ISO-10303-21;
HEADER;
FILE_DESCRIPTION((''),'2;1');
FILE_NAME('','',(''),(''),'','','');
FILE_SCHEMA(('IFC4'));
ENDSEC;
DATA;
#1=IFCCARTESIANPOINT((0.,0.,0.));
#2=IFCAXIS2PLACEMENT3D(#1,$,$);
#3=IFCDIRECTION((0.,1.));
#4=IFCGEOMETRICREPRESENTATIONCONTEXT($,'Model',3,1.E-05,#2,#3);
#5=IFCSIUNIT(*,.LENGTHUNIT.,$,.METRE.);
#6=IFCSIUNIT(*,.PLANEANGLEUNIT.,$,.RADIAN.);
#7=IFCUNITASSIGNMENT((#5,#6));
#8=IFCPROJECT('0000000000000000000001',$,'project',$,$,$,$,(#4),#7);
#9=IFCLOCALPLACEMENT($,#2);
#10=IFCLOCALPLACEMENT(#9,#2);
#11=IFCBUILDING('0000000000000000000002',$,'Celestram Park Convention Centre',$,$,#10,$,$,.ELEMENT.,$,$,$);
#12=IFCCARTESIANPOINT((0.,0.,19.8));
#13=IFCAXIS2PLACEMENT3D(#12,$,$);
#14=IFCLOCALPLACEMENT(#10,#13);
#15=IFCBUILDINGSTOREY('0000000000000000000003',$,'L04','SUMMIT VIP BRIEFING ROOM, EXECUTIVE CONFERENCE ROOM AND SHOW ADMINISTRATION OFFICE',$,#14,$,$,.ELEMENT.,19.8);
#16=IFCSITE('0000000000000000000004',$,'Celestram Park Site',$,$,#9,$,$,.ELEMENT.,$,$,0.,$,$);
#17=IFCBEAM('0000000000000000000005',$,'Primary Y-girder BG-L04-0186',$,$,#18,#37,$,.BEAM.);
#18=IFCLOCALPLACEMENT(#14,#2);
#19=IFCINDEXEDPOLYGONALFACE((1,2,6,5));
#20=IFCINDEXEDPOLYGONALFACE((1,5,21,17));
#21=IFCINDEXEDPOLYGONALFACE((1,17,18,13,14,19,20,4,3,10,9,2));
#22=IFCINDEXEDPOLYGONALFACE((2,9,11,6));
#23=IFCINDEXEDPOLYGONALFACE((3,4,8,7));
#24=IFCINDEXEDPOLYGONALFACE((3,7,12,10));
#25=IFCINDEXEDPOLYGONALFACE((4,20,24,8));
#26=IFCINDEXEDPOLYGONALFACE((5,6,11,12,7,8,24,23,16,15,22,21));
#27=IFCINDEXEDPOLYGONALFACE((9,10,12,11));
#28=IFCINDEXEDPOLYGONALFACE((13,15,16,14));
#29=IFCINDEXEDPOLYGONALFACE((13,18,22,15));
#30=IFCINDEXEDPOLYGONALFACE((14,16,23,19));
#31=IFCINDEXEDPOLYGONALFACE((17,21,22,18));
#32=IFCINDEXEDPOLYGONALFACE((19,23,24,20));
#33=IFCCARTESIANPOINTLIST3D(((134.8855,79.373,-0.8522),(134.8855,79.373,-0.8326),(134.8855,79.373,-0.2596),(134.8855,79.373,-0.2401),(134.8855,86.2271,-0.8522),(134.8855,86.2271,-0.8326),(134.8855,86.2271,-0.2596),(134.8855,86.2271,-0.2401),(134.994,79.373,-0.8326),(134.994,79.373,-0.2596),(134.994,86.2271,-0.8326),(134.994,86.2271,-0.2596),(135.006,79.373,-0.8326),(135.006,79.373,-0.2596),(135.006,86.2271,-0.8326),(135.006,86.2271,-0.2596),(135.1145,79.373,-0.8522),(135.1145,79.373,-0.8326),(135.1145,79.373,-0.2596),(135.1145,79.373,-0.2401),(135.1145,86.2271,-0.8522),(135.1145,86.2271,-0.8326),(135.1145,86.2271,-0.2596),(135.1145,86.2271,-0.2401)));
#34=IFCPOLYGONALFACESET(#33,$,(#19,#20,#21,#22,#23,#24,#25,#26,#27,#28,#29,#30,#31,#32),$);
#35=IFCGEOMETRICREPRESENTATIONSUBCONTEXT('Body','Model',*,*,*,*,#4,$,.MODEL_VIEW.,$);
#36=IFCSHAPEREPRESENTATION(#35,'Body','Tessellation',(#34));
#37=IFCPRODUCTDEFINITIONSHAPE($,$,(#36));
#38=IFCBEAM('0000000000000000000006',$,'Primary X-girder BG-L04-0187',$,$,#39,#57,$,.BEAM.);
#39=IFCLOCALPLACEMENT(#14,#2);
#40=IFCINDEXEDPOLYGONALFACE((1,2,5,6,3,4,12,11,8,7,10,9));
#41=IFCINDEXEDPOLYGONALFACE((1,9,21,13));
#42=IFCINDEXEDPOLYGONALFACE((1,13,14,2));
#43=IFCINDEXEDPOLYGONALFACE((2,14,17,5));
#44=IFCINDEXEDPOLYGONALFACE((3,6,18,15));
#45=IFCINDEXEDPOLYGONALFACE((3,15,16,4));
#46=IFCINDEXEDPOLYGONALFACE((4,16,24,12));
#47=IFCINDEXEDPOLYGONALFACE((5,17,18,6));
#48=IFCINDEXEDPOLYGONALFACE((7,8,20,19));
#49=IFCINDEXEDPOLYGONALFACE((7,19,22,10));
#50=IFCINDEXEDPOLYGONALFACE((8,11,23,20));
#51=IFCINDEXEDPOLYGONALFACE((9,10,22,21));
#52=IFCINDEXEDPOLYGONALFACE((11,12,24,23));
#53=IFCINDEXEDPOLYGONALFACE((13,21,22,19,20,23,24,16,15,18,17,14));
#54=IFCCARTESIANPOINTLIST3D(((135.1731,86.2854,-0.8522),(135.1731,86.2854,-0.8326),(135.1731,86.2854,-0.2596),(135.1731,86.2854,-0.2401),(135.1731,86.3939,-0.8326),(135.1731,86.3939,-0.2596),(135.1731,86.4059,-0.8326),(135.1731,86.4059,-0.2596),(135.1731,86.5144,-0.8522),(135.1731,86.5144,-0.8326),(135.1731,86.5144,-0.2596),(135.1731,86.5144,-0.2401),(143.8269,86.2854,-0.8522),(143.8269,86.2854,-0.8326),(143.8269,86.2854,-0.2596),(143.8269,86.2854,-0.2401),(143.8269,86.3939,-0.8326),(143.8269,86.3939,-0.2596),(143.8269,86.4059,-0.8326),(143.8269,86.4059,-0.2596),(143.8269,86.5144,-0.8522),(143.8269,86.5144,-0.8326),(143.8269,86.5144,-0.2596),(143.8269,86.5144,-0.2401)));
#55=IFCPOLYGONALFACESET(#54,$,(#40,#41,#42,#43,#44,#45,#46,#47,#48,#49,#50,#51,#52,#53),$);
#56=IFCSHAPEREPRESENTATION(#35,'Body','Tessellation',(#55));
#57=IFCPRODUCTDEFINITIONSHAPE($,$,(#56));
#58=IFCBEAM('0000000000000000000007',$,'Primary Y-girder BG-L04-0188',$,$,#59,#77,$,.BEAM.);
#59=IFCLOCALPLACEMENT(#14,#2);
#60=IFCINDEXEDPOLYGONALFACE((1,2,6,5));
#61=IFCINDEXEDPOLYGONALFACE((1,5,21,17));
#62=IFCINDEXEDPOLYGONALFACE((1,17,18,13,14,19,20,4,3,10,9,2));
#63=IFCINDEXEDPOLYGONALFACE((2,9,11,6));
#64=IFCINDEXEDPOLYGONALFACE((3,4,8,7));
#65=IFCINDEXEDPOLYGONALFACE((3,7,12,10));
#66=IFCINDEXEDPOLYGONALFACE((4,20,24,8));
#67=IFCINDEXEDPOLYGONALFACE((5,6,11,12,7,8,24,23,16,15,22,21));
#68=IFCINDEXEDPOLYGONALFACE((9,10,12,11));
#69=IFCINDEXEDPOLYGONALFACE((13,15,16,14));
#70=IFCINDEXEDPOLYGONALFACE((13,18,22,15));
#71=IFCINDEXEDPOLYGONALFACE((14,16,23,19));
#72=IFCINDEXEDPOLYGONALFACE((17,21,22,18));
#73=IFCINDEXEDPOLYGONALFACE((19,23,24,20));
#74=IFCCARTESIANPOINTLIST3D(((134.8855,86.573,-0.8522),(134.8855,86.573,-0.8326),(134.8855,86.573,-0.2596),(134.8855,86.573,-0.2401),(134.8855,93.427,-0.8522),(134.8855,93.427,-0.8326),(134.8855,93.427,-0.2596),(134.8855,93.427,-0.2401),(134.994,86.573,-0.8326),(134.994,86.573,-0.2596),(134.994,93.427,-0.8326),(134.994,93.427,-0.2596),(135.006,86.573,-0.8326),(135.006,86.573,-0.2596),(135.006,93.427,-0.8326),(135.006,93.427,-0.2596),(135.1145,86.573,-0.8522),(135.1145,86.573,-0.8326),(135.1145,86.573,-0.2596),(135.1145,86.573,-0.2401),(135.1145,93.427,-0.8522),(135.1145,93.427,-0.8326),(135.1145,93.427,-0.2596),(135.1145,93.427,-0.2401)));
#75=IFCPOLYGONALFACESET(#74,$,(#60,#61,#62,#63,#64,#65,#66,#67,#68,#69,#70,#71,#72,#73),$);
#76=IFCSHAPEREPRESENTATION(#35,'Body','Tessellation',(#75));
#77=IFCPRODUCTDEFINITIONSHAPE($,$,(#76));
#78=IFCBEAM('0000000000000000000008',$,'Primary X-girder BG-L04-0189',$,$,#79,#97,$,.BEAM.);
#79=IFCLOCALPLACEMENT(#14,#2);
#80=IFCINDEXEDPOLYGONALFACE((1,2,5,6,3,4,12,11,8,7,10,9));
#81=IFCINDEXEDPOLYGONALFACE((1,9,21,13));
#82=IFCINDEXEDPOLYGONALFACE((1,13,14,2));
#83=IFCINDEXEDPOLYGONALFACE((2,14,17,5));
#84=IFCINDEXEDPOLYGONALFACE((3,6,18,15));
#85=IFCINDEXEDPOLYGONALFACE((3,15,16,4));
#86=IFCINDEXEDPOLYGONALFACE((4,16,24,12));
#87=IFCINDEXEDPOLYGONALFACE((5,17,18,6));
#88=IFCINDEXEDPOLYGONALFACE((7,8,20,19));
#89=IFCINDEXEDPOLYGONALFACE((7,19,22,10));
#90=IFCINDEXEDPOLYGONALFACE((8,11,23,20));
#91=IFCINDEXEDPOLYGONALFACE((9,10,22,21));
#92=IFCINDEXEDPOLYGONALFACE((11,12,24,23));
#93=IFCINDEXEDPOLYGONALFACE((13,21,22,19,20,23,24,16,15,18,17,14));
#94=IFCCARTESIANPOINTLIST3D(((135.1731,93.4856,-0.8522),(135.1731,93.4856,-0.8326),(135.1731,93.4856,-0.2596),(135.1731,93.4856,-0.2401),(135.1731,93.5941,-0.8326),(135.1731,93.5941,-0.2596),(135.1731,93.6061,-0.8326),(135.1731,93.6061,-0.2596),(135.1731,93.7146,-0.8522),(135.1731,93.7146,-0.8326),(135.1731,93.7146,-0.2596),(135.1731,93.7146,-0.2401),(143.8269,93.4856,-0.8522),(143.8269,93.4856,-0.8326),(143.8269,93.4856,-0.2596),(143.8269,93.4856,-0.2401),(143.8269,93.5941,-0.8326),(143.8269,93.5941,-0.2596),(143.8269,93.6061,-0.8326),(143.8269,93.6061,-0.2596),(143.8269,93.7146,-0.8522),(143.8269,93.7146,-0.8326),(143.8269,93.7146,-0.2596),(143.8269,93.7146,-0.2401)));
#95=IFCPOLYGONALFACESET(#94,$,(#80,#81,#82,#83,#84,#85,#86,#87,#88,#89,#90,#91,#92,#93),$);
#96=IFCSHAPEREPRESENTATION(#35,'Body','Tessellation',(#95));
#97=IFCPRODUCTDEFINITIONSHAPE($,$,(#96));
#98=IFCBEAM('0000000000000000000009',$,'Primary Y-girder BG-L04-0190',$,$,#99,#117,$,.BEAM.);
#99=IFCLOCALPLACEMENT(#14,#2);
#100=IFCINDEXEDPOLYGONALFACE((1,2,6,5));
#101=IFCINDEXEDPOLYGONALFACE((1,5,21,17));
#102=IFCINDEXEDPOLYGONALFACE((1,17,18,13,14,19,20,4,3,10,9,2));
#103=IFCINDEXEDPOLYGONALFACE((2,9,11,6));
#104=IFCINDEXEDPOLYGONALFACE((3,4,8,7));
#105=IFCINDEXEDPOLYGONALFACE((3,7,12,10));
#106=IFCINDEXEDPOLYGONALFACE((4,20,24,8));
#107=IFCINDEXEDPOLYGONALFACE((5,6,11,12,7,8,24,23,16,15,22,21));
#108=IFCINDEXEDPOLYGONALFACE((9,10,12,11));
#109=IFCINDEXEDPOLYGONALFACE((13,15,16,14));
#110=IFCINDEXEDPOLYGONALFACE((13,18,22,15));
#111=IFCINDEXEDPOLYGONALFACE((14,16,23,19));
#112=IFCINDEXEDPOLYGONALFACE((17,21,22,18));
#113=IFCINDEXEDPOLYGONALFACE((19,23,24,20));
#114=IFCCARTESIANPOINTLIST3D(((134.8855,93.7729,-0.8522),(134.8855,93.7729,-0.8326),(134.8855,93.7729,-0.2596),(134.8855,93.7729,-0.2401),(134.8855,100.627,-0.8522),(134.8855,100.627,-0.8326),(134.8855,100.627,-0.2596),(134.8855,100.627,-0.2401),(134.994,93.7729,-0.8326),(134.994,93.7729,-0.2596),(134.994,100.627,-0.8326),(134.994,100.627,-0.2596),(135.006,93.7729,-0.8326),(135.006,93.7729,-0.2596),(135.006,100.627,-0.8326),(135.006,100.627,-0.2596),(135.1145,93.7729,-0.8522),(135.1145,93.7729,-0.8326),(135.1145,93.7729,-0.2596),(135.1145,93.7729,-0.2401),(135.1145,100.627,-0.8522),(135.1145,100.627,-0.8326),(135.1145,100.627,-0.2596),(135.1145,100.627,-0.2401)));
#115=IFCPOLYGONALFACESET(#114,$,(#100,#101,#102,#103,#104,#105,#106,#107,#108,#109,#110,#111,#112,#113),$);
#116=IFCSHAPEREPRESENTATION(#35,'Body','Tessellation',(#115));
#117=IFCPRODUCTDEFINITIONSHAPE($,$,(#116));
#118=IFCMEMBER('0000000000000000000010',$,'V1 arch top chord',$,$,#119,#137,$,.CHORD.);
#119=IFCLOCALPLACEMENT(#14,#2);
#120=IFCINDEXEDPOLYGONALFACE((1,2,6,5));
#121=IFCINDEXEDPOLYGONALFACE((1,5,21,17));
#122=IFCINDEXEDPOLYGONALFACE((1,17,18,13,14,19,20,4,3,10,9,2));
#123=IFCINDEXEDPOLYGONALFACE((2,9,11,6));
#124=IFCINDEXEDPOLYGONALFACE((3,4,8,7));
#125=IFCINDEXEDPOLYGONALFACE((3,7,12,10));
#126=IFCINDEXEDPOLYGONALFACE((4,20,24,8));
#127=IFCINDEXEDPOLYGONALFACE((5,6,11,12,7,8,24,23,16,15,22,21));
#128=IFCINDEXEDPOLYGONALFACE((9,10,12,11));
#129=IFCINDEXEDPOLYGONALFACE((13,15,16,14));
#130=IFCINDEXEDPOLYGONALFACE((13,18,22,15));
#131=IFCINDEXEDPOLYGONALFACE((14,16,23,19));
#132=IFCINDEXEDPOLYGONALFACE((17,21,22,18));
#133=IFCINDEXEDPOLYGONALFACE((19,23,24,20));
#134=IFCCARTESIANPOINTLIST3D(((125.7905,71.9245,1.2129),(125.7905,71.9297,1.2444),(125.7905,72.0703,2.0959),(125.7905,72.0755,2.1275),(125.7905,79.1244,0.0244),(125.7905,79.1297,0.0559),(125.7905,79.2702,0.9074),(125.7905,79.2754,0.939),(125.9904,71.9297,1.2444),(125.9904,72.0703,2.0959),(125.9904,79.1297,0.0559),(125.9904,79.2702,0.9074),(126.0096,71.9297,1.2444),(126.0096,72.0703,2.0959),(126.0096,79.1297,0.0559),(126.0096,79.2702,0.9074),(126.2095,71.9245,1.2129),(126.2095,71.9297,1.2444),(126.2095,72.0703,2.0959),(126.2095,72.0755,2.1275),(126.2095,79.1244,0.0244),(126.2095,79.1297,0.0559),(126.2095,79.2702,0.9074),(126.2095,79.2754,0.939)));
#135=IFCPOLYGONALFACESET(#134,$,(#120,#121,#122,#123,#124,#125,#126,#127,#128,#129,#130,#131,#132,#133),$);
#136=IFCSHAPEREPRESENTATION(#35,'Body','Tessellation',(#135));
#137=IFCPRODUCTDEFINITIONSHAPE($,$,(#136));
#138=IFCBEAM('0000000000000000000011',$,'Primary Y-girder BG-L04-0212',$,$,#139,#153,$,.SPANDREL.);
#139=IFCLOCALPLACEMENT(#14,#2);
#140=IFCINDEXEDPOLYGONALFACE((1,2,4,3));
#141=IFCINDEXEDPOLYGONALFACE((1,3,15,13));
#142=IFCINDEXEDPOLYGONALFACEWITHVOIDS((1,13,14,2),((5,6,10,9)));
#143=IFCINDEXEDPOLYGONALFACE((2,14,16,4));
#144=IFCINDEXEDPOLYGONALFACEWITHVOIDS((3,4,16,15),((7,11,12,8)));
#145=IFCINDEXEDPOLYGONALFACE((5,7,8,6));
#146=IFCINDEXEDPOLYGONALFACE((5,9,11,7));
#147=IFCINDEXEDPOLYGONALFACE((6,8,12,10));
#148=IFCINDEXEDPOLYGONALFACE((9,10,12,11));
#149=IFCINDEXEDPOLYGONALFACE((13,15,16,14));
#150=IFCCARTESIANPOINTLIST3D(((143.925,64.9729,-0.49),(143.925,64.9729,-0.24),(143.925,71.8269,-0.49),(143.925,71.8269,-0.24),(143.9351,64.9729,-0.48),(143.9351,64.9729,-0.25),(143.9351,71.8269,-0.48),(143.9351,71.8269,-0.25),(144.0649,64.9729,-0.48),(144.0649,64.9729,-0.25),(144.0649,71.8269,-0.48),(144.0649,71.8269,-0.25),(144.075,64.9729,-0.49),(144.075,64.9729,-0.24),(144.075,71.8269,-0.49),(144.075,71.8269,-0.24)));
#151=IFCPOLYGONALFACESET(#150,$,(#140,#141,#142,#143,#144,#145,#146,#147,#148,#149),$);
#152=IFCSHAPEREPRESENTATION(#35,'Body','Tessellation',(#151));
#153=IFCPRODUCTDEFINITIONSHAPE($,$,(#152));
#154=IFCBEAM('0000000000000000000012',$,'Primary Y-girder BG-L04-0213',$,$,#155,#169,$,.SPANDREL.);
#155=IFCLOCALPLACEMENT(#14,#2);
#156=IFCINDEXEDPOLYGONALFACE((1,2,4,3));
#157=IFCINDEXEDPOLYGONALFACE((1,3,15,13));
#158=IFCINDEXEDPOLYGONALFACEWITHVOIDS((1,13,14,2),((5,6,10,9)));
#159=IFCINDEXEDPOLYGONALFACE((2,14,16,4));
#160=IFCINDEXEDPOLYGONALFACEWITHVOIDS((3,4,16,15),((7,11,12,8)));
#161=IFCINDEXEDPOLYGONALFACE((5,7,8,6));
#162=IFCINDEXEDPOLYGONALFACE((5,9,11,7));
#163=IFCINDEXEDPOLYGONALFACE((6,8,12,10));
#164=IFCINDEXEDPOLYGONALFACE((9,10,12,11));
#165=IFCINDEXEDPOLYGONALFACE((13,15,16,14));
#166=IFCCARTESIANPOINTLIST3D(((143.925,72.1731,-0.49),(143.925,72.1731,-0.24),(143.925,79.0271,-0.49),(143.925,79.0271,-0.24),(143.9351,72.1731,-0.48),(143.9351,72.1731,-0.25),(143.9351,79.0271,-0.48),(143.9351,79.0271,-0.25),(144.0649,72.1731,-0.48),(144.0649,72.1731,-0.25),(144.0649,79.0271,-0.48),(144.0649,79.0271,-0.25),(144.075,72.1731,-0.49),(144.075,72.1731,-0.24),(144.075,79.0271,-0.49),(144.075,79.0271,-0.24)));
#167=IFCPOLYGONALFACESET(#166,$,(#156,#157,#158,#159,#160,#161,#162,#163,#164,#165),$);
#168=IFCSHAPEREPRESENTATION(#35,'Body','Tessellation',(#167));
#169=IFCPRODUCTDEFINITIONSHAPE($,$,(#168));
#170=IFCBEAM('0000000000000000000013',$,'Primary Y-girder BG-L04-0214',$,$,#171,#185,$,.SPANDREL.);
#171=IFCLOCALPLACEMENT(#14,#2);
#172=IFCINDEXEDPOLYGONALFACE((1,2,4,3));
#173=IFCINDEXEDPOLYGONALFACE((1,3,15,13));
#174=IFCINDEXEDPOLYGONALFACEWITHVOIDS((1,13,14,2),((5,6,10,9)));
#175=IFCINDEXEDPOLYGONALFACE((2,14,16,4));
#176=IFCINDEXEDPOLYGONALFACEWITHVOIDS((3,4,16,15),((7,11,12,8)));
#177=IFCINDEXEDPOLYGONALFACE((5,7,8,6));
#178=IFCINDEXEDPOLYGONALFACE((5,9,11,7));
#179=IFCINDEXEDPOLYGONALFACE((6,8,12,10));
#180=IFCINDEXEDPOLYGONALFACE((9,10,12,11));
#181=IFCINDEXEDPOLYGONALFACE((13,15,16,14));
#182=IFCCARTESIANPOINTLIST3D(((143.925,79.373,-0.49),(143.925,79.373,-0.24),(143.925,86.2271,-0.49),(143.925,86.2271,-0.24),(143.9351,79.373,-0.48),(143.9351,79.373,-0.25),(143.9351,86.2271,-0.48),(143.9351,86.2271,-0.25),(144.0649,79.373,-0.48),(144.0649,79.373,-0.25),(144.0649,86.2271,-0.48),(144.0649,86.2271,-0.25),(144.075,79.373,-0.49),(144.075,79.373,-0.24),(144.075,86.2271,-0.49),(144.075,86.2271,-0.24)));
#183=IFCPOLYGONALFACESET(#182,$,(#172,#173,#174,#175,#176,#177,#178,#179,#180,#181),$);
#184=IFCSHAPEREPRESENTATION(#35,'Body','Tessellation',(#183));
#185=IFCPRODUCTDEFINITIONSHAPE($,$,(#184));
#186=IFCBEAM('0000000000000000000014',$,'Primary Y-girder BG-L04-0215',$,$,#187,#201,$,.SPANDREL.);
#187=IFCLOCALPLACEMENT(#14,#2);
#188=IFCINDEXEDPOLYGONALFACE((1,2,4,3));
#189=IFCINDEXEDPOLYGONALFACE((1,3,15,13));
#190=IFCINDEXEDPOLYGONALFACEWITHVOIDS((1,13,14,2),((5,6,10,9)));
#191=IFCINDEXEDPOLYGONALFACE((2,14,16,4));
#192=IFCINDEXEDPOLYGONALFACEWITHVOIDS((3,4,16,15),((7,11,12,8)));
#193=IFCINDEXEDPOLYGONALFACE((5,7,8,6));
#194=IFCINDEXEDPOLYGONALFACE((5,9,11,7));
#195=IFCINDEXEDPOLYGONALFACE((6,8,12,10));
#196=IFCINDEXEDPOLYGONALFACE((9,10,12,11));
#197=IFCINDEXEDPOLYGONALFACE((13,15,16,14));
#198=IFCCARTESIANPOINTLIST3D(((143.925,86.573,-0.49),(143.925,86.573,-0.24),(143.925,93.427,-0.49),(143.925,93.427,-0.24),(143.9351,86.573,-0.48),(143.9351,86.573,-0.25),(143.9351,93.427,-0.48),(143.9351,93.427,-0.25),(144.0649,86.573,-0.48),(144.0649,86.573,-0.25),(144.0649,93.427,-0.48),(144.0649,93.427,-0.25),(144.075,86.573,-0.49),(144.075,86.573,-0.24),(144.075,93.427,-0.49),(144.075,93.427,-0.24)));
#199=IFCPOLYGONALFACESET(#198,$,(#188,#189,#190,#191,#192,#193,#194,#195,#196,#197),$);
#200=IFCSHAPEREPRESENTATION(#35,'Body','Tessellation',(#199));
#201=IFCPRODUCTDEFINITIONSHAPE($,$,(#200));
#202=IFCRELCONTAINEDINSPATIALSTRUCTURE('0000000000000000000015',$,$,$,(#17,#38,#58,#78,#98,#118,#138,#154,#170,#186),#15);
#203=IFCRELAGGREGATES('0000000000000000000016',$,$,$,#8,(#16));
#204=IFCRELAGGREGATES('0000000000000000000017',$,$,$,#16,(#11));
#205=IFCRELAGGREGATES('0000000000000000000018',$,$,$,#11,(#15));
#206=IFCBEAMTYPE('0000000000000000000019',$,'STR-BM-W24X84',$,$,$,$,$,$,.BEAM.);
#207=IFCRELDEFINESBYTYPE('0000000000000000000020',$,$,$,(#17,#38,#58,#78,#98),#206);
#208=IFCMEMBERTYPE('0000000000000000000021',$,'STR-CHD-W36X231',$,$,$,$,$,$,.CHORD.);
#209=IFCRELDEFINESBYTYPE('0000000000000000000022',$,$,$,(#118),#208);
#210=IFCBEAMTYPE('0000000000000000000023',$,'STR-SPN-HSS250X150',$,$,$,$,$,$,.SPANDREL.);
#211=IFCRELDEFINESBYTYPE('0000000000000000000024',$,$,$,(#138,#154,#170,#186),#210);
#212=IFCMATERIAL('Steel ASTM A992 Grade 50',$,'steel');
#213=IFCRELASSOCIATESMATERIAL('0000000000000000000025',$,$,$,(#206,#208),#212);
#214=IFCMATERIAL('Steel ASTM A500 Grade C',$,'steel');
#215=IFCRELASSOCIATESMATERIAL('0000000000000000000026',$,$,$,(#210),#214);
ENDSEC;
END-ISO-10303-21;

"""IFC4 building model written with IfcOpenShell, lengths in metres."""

from ifc_helpers import new_model, si_unit, direction, frame, origin, origin_2d, place, context, subcontext, project, spatial, hollow_rectangle, i_section, extrude, material, material_profile, profile_set, type_object, element, save


model = new_model("IFC4")

# Units and contexts
model_context = context("Model", 3, precision=1e-05, world=origin(), true_north=direction((0.0, 1.0)))
body_context = subcontext(model_context, "Body", "Model", "MODEL_VIEW")
ifc_project = project(units=[si_unit("LENGTHUNIT", "METRE"), si_unit("PLANEANGLEUNIT", "RADIAN")], contexts=[model_context])

# Site, building, storey
site_placement = place(None, origin())
site = spatial("IfcSite", under=ifc_project, at=site_placement, Name="Celestram Park Site", CompositionType="ELEMENT", RefElevation=0.0)
building_placement = place(site_placement, origin())
building = spatial("IfcBuilding", under=site, at=building_placement, Name="Celestram Park Convention Centre", CompositionType="ELEMENT")
storey_placement = place(building_placement, frame((0.0, 0.0, 19.8)))
storey = spatial("IfcBuildingStorey", under=building, at=storey_placement, Name="L04", Description="SUMMIT VIP BRIEFING ROOM, EXECUTIVE CONFERENCE ROOM AND SHOW ADMINISTRATION OFFICE", CompositionType="ELEMENT", Elevation=19.8)

# Beams
ifc_material_1 = material(Name="Steel ASTM A992 Grade 50", Category="steel")
ifc_material_profile_1 = material_profile(ifc_material_1, i_section(OverallWidth=0.229, OverallDepth=0.6121, WebThickness=0.012, FlangeThickness=0.0195, at=origin_2d()), Name="W24X84")
ifc_profile_set_1 = profile_set([ifc_material_profile_1], Name="Steel ASTM A992 Grade 50")
beam_type_1 = type_object("IfcBeamType", Name="STR-BM-W24X84", PredefinedType="BEAM", material=ifc_profile_set_1)
beam_1_placement = place(storey_placement, frame((135.0, 79.373, -0.5461), z_axis=(0.0, 1.0, 0.0), x_axis=(-1.0, 0.0, 0.0)))
element("IfcBeam", 1, at=beam_1_placement, inside=storey, type_object=beam_type_1, Name="Primary Y-girder BG-L04-0186", PredefinedType="BEAM", context=body_context, shape_type="SweptSolid", body=[
    extrude(i_section(OverallWidth=0.229, OverallDepth=0.6121, WebThickness=0.012, FlangeThickness=0.0195, at=origin_2d()), origin(), (0.0, 0.0, 1.0), 6.854),
])
beam_2_placement = place(storey_placement, frame((135.1731, 86.3999, -0.5461), z_axis=(1.0, 0.0, 0.0), x_axis=(0.0, 1.0, 0.0)))
element("IfcBeam", 2, at=beam_2_placement, inside=storey, type_object=beam_type_1, Name="Primary X-girder BG-L04-0187", PredefinedType="BEAM", context=body_context, shape_type="SweptSolid", body=[
    extrude(i_section(OverallWidth=0.229, OverallDepth=0.6121, WebThickness=0.012, FlangeThickness=0.0195, at=origin_2d()), origin(), (0.0, 0.0, 1.0), 8.6538),
])
beam_3_placement = place(storey_placement, frame((135.0, 86.573, -0.5461), z_axis=(0.0, 1.0, 0.0), x_axis=(-1.0, 0.0, 0.0)))
element("IfcBeam", 3, at=beam_3_placement, inside=storey, type_object=beam_type_1, Name="Primary Y-girder BG-L04-0188", PredefinedType="BEAM", context=body_context, shape_type="SweptSolid", body=[
    extrude(i_section(OverallWidth=0.229, OverallDepth=0.6121, WebThickness=0.012, FlangeThickness=0.0195, at=origin_2d()), origin(), (0.0, 0.0, 1.0), 6.854),
])
beam_4_placement = place(storey_placement, frame((135.1731, 93.6001, -0.5461), z_axis=(1.0, 0.0, 0.0), x_axis=(0.0, 1.0, 0.0)))
element("IfcBeam", 4, at=beam_4_placement, inside=storey, type_object=beam_type_1, Name="Primary X-girder BG-L04-0189", PredefinedType="BEAM", context=body_context, shape_type="SweptSolid", body=[
    extrude(i_section(OverallWidth=0.229, OverallDepth=0.6121, WebThickness=0.012, FlangeThickness=0.0195, at=origin_2d()), origin(), (0.0, 0.0, 1.0), 8.6538),
])
beam_5_placement = place(storey_placement, frame((135.0, 93.7729, -0.5461), z_axis=(0.0, 1.0, 0.0), x_axis=(-1.0, 0.0, 0.0)))
element("IfcBeam", 5, at=beam_5_placement, inside=storey, type_object=beam_type_1, Name="Primary Y-girder BG-L04-0190", PredefinedType="BEAM", context=body_context, shape_type="SweptSolid", body=[
    extrude(i_section(OverallWidth=0.229, OverallDepth=0.6121, WebThickness=0.012, FlangeThickness=0.0195, at=origin_2d()), origin(), (0.0, 0.0, 1.0), 6.854),
])

# Member
ifc_material_profile_2 = material_profile(ifc_material_1, i_section(OverallWidth=0.4189, OverallDepth=0.927, WebThickness=0.0193, FlangeThickness=0.032, at=origin_2d()), Name="W36X231")
ifc_profile_set_2 = profile_set([ifc_material_profile_2], Name="Steel ASTM A992 Grade 50")
member_type_1 = type_object("IfcMemberType", Name="STR-CHD-W36X231", PredefinedType="CHORD", material=ifc_profile_set_2)
member_1_placement = place(storey_placement, frame((126.0, 72.0, 1.6702), z_axis=(0.0, 0.986649, -0.162863), x_axis=(-1.0, 0.0, 0.0)))
element("IfcMember", 6, at=member_1_placement, inside=storey, type_object=member_type_1, Name="V1 arch top chord", PredefinedType="CHORD", context=body_context, shape_type="SweptSolid", body=[
    extrude(i_section(OverallWidth=0.4189, OverallDepth=0.927, WebThickness=0.0193, FlangeThickness=0.032, at=origin_2d()), origin(), (0.0, 0.0, 1.0), 7.2974),
])

# Beams
ifc_material_2 = material(Name="Steel ASTM A500 Grade C", Category="steel")
ifc_material_profile_3 = material_profile(ifc_material_2, hollow_rectangle(XDim=0.1499, YDim=0.25, WallThickness=0.01, at=origin_2d()), Name="HSS250X150X10")
ifc_profile_set_3 = profile_set([ifc_material_profile_3], Name="Steel ASTM A500 Grade C")
beam_type_2 = type_object("IfcBeamType", Name="STR-SPN-HSS250X150", PredefinedType="SPANDREL", material=ifc_profile_set_3)
for number, where, z_axis, x_axis, name in (
    (7, (144.0, 64.9729, -0.365), (0.0, 1.0, 0.0), (-1.0, 0.0, 0.0), "Primary Y-girder BG-L04-0212"),
    (8, (144.0, 72.1731, -0.365), (0.0, 1.0, 0.0), (-1.0, 0.0, 0.0), "Primary Y-girder BG-L04-0213"),
    (9, (144.0, 79.373, -0.365), (0.0, 1.0, 0.0), (-1.0, 0.0, 0.0), "Primary Y-girder BG-L04-0214"),
    (10, (144.0, 86.573, -0.365), (0.0, 1.0, 0.0), (-1.0, 0.0, 0.0), "Primary Y-girder BG-L04-0215"),
):
    element("IfcBeam", number, at=place(storey_placement, frame(where, z_axis=z_axis, x_axis=x_axis)), inside=storey, type_object=beam_type_2, Name=name, PredefinedType="SPANDREL", context=body_context, shape_type="SweptSolid", body=[
        extrude(hollow_rectangle(XDim=0.1499, YDim=0.25, WallThickness=0.01, at=origin_2d()), origin(), (0.0, 0.0, 1.0), 6.854),
    ])

save(model, "model.ifc")
